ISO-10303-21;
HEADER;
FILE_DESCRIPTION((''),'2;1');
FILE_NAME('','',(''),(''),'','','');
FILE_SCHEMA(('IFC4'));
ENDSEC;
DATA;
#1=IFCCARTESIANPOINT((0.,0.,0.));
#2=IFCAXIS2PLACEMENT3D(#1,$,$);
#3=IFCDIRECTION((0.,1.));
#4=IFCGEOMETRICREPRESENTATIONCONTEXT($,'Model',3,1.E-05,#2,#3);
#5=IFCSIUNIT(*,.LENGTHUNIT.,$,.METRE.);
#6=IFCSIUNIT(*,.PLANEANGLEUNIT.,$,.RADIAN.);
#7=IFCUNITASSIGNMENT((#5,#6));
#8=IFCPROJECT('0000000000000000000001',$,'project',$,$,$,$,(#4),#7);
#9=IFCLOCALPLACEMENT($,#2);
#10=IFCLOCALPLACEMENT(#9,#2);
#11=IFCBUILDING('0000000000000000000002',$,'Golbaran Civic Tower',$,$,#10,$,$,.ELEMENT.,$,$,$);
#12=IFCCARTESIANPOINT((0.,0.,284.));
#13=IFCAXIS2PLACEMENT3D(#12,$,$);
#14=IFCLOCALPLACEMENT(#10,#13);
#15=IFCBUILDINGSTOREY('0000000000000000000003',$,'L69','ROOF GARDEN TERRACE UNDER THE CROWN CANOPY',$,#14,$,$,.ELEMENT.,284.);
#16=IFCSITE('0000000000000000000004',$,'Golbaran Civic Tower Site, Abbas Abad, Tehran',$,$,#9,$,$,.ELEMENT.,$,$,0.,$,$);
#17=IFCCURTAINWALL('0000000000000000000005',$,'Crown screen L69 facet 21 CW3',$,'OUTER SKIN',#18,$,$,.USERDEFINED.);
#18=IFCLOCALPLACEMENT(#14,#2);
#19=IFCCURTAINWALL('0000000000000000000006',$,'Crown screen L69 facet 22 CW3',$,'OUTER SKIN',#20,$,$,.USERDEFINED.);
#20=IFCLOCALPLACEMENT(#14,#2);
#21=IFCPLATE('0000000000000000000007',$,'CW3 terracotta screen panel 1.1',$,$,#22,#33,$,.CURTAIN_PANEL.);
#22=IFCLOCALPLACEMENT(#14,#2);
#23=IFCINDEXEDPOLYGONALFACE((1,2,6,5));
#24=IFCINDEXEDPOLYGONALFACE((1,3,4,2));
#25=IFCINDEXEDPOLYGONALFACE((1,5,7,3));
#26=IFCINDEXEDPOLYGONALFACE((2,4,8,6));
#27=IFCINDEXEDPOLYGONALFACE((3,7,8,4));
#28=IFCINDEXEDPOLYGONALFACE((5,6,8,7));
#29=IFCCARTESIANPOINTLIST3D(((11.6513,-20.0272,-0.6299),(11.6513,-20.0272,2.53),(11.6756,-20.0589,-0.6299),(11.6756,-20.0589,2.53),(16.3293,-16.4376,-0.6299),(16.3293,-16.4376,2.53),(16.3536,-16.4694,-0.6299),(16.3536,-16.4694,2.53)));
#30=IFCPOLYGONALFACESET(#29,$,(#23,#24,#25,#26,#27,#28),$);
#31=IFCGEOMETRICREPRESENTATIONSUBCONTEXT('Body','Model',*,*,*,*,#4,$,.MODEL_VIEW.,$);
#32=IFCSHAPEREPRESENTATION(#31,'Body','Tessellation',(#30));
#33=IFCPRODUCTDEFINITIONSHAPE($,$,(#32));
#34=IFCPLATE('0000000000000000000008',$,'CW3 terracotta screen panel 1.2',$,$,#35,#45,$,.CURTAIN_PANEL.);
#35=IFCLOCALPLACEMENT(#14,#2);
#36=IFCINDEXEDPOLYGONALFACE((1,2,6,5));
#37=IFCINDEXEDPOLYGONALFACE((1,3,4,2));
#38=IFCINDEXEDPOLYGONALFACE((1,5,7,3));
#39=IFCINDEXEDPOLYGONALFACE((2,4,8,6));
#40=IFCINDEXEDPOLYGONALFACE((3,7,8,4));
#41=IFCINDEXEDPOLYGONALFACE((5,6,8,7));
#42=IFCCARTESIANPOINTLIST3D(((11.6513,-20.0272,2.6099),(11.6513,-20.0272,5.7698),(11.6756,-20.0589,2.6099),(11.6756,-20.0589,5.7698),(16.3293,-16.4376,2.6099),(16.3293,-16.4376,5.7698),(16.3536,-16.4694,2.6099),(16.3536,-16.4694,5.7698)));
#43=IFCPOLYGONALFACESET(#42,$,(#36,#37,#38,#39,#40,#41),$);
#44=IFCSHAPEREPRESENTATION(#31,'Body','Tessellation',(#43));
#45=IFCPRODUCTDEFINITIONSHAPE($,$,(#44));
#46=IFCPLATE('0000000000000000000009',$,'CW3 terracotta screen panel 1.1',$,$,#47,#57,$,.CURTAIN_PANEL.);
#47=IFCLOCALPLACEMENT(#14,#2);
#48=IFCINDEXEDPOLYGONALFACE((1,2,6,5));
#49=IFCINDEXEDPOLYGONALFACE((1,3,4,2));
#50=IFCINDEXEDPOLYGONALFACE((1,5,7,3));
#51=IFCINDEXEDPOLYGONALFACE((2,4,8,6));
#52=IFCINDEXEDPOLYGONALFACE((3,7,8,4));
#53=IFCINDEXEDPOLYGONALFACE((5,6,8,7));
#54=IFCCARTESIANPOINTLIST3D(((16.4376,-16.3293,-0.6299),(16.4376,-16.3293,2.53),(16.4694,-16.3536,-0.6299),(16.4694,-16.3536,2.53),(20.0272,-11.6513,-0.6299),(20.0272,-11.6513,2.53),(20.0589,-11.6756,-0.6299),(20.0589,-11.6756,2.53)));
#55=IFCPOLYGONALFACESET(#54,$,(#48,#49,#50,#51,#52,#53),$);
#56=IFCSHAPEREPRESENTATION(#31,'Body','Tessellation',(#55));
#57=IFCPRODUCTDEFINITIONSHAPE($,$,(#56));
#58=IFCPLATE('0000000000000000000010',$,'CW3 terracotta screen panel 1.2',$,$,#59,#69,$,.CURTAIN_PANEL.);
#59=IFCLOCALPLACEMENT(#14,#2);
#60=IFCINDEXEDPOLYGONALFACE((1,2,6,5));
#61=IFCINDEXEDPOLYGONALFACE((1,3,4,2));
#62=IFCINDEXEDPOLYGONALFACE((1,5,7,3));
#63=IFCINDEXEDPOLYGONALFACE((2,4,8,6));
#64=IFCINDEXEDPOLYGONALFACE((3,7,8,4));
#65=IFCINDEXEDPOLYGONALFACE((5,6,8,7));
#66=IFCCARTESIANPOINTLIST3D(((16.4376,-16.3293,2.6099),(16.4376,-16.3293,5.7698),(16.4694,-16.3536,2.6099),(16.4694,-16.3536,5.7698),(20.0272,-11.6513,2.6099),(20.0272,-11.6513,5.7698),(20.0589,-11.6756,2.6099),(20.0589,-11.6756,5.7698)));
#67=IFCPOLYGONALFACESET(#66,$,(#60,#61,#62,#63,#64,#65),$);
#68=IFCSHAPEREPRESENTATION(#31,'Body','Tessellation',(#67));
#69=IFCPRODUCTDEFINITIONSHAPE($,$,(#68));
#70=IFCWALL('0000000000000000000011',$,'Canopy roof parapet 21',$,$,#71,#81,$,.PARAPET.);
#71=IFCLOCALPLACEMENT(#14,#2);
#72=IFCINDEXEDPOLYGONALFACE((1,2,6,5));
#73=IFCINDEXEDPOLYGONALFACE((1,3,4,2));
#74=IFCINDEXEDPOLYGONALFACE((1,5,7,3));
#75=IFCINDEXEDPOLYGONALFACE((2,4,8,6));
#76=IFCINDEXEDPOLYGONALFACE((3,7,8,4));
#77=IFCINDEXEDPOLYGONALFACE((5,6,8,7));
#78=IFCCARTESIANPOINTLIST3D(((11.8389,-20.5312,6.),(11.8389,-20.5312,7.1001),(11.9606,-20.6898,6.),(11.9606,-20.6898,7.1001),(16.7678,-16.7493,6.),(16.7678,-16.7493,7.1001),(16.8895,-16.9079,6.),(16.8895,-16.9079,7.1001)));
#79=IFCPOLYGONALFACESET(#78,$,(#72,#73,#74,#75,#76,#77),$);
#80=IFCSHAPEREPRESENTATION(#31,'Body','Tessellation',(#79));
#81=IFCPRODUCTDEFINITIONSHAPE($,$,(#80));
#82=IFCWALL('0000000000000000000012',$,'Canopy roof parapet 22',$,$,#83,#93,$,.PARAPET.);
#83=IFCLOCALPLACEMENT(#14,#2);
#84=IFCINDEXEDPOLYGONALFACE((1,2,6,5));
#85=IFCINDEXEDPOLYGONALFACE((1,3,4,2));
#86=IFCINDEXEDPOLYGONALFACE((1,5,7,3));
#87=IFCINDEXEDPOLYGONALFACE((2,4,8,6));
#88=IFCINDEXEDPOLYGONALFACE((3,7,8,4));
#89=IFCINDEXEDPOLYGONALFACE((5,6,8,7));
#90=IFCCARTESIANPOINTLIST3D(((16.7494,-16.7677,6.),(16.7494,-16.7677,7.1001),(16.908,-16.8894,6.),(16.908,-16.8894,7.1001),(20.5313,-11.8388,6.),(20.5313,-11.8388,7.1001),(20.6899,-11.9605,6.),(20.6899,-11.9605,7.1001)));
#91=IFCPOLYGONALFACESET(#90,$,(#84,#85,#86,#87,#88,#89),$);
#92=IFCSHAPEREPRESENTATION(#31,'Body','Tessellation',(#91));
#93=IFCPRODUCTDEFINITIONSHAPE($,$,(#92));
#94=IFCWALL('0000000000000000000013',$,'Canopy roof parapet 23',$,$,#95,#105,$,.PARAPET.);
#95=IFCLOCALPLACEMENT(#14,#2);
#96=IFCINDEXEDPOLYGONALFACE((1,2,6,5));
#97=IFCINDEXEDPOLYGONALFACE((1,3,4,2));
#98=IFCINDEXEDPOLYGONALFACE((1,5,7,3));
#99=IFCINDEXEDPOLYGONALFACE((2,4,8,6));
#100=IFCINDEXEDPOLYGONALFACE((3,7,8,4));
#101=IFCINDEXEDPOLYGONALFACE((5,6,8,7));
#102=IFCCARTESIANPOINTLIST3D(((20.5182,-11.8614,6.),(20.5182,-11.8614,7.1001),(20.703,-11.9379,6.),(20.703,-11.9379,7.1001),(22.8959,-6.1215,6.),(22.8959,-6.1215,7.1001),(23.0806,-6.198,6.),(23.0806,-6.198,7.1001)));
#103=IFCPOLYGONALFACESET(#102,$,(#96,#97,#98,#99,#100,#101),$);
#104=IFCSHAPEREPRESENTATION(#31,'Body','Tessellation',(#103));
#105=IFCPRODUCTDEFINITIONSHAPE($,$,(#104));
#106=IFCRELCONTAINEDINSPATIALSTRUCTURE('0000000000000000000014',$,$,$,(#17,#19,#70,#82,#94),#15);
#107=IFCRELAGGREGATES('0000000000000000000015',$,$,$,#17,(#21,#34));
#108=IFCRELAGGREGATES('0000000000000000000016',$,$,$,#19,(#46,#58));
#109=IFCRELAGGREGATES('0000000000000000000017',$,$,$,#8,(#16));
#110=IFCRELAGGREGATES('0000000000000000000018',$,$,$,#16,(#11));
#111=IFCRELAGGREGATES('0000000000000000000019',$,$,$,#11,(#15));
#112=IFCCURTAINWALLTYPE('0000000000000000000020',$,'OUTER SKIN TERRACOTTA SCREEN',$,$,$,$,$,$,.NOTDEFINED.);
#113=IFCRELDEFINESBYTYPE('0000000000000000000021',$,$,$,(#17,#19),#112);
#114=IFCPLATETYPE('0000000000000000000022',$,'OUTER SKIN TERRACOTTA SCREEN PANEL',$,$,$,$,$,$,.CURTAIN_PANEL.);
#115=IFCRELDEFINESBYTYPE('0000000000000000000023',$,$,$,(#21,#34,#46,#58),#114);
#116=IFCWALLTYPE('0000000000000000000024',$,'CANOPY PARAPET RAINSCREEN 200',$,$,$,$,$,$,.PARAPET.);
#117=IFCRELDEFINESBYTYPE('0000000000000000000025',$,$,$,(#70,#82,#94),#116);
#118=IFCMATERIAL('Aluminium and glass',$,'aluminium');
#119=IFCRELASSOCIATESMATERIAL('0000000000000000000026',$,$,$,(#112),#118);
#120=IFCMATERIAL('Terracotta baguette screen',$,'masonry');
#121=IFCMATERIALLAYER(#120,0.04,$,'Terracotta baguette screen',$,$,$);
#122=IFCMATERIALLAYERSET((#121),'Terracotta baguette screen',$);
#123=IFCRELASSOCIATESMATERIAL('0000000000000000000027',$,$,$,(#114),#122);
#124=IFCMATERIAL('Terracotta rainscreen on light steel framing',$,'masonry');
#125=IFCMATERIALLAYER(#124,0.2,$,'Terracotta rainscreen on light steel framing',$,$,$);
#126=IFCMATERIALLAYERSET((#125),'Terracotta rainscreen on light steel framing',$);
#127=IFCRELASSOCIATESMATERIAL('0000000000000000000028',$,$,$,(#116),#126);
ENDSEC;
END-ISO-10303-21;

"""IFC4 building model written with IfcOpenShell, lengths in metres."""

from ifc_helpers import new_model, si_unit, direction, frame, frame_2d, origin, origin_2d, place, context, subcontext, project, spatial, rectangle, extrude, material, layer, layer_set, type_object, element, aggregate, save


model = new_model("IFC4")

# Units and contexts
model_context = context("Model", 3, precision=1e-05, world=origin(), true_north=direction((0.0, 1.0)))
body_context = subcontext(model_context, "Body", "Model", "MODEL_VIEW")
ifc_project = project(units=[si_unit("LENGTHUNIT", "METRE"), si_unit("PLANEANGLEUNIT", "RADIAN")], contexts=[model_context])

# Site, building, storey
site_placement = place(None, origin())
site = spatial("IfcSite", under=ifc_project, at=site_placement, Name="Golbaran Civic Tower Site, Abbas Abad, Tehran", CompositionType="ELEMENT", RefElevation=0.0)
building_placement = place(site_placement, origin())
building = spatial("IfcBuilding", under=site, at=building_placement, Name="Golbaran Civic Tower", CompositionType="ELEMENT")
storey_placement = place(building_placement, frame((0.0, 0.0, 284.0)))
storey = spatial("IfcBuildingStorey", under=building, at=storey_placement, Name="L69", Description="ROOF GARDEN TERRACE UNDER THE CROWN CANOPY", CompositionType="ELEMENT", Elevation=284.0)

# Shared definitions
ifc_material_1 = material(Name="Aluminium and glass", Category="aluminium")
curtain_wall_type = type_object("IfcCurtainWallType", Name="OUTER SKIN TERRACOTTA SCREEN", PredefinedType="NOTDEFINED", material=ifc_material_1)

# Curtain wall
curtain_wall_1_placement = place(storey_placement, origin())
curtain_wall_1 = element("IfcCurtainWall", 1, at=curtain_wall_1_placement, inside=storey, type_object=curtain_wall_type, Name="Crown screen L69 facet 21 CW3", ObjectType="OUTER SKIN", PredefinedType="USERDEFINED")

# Curtain wall
curtain_wall_2_placement = place(storey_placement, origin())
curtain_wall_2 = element("IfcCurtainWall", 2, at=curtain_wall_2_placement, inside=storey, type_object=curtain_wall_type, Name="Crown screen L69 facet 22 CW3", ObjectType="OUTER SKIN", PredefinedType="USERDEFINED")

# Plates
ifc_material_2 = material(Name="Terracotta baguette screen", Category="masonry")
ifc_layer_1 = layer(ifc_material_2, 0.04, Name="Terracotta baguette screen")
ifc_layer_set_1 = layer_set([ifc_layer_1], Name="Terracotta baguette screen")
plate_type = type_object("IfcPlateType", Name="OUTER SKIN TERRACOTTA SCREEN PANEL", PredefinedType="CURTAIN_PANEL", material=ifc_layer_set_1)
plate_1_placement = place(storey_placement, frame((14.0024, -18.2483, -0.6299), z_axis=(0.0, 0.0, 1.0), x_axis=(0.793353, 0.608761, 0.0)))
plate_1 = element("IfcPlate", 3, at=plate_1_placement, type_object=plate_type, Name="CW3 terracotta screen panel 1.1", PredefinedType="CURTAIN_PANEL", context=body_context, shape_type="SweptSolid", body=[
    extrude(rectangle(XDim=5.8965, YDim=0.04, at=origin_2d()), origin(), (0.0, 0.0, 1.0), 3.1599),
])
plate_2_placement = place(storey_placement, frame((14.0024, -18.2483, 2.6099), z_axis=(0.0, 0.0, 1.0), x_axis=(0.793353, 0.608761, 0.0)))
plate_2 = element("IfcPlate", 4, at=plate_2_placement, type_object=plate_type, Name="CW3 terracotta screen panel 1.2", PredefinedType="CURTAIN_PANEL", context=body_context, shape_type="SweptSolid", body=[
    extrude(rectangle(XDim=5.8965, YDim=0.04, at=origin_2d()), origin(), (0.0, 0.0, 1.0), 3.1599),
])
aggregate(curtain_wall_1, [plate_1, plate_2])
plate_3_placement = place(storey_placement, frame((18.2483, -14.0024, -0.6299), z_axis=(0.0, 0.0, 1.0), x_axis=(0.608761, 0.793353, 0.0)))
plate_3 = element("IfcPlate", 5, at=plate_3_placement, type_object=plate_type, Name="CW3 terracotta screen panel 1.1", PredefinedType="CURTAIN_PANEL", context=body_context, shape_type="SweptSolid", body=[
    extrude(rectangle(XDim=5.8965, YDim=0.04, at=origin_2d()), origin(), (0.0, 0.0, 1.0), 3.1599),
])
plate_4_placement = place(storey_placement, frame((18.2483, -14.0024, 2.6099), z_axis=(0.0, 0.0, 1.0), x_axis=(0.608761, 0.793353, 0.0)))
plate_4 = element("IfcPlate", 6, at=plate_4_placement, type_object=plate_type, Name="CW3 terracotta screen panel 1.2", PredefinedType="CURTAIN_PANEL", context=body_context, shape_type="SweptSolid", body=[
    extrude(rectangle(XDim=5.8965, YDim=0.04, at=origin_2d()), origin(), (0.0, 0.0, 1.0), 3.1599),
])
aggregate(curtain_wall_2, [plate_3, plate_4])

# Walls
ifc_material_3 = material(Name="Terracotta rainscreen on light steel framing", Category="masonry")
ifc_layer_2 = layer(ifc_material_3, 0.2, Name="Terracotta rainscreen on light steel framing")
ifc_layer_set_2 = layer_set([ifc_layer_2], Name="Terracotta rainscreen on light steel framing")
wall_type = type_object("IfcWallType", Name="CANOPY PARAPET RAINSCREEN 200", PredefinedType="PARAPET", material=ifc_layer_set_2)
for number, where, z_axis, x_axis, name in (
    (7, (11.8997, -20.6106, 6.0), (0.0, 0.0, 1.0), (0.793364, 0.608747, 0.0), "Canopy roof parapet 21"),
    (8, (16.8286, -16.8286, 6.0), (0.0, 0.0, 1.0), (0.608747, 0.793364, 0.0), "Canopy roof parapet 22"),
):
    element("IfcWall", number, at=place(storey_placement, frame(where, z_axis=z_axis, x_axis=x_axis)), inside=storey, type_object=wall_type, Name=name, PredefinedType="PARAPET", context=body_context, shape_type="SweptSolid", body=[
        extrude(rectangle(XDim=6.2126, YDim=0.2, at=frame_2d((3.1064, 0.0))), origin(), (0.0, 0.0, 1.0), 1.1001),
    ])
wall_placement = place(storey_placement, frame((20.6106, -11.8997, 6.0), z_axis=(0.0, 0.0, 1.0), x_axis=(0.382698, 0.923874, 0.0)))
element("IfcWall", 9, at=wall_placement, inside=storey, type_object=wall_type, Name="Canopy roof parapet 23", PredefinedType="PARAPET", context=body_context, shape_type="SweptSolid", body=[
    extrude(rectangle(XDim=6.2129, YDim=0.2, at=frame_2d((3.1064, 0.0))), origin(), (0.0, 0.0, 1.0), 1.1001),
])

save(model, "model.ifc")
